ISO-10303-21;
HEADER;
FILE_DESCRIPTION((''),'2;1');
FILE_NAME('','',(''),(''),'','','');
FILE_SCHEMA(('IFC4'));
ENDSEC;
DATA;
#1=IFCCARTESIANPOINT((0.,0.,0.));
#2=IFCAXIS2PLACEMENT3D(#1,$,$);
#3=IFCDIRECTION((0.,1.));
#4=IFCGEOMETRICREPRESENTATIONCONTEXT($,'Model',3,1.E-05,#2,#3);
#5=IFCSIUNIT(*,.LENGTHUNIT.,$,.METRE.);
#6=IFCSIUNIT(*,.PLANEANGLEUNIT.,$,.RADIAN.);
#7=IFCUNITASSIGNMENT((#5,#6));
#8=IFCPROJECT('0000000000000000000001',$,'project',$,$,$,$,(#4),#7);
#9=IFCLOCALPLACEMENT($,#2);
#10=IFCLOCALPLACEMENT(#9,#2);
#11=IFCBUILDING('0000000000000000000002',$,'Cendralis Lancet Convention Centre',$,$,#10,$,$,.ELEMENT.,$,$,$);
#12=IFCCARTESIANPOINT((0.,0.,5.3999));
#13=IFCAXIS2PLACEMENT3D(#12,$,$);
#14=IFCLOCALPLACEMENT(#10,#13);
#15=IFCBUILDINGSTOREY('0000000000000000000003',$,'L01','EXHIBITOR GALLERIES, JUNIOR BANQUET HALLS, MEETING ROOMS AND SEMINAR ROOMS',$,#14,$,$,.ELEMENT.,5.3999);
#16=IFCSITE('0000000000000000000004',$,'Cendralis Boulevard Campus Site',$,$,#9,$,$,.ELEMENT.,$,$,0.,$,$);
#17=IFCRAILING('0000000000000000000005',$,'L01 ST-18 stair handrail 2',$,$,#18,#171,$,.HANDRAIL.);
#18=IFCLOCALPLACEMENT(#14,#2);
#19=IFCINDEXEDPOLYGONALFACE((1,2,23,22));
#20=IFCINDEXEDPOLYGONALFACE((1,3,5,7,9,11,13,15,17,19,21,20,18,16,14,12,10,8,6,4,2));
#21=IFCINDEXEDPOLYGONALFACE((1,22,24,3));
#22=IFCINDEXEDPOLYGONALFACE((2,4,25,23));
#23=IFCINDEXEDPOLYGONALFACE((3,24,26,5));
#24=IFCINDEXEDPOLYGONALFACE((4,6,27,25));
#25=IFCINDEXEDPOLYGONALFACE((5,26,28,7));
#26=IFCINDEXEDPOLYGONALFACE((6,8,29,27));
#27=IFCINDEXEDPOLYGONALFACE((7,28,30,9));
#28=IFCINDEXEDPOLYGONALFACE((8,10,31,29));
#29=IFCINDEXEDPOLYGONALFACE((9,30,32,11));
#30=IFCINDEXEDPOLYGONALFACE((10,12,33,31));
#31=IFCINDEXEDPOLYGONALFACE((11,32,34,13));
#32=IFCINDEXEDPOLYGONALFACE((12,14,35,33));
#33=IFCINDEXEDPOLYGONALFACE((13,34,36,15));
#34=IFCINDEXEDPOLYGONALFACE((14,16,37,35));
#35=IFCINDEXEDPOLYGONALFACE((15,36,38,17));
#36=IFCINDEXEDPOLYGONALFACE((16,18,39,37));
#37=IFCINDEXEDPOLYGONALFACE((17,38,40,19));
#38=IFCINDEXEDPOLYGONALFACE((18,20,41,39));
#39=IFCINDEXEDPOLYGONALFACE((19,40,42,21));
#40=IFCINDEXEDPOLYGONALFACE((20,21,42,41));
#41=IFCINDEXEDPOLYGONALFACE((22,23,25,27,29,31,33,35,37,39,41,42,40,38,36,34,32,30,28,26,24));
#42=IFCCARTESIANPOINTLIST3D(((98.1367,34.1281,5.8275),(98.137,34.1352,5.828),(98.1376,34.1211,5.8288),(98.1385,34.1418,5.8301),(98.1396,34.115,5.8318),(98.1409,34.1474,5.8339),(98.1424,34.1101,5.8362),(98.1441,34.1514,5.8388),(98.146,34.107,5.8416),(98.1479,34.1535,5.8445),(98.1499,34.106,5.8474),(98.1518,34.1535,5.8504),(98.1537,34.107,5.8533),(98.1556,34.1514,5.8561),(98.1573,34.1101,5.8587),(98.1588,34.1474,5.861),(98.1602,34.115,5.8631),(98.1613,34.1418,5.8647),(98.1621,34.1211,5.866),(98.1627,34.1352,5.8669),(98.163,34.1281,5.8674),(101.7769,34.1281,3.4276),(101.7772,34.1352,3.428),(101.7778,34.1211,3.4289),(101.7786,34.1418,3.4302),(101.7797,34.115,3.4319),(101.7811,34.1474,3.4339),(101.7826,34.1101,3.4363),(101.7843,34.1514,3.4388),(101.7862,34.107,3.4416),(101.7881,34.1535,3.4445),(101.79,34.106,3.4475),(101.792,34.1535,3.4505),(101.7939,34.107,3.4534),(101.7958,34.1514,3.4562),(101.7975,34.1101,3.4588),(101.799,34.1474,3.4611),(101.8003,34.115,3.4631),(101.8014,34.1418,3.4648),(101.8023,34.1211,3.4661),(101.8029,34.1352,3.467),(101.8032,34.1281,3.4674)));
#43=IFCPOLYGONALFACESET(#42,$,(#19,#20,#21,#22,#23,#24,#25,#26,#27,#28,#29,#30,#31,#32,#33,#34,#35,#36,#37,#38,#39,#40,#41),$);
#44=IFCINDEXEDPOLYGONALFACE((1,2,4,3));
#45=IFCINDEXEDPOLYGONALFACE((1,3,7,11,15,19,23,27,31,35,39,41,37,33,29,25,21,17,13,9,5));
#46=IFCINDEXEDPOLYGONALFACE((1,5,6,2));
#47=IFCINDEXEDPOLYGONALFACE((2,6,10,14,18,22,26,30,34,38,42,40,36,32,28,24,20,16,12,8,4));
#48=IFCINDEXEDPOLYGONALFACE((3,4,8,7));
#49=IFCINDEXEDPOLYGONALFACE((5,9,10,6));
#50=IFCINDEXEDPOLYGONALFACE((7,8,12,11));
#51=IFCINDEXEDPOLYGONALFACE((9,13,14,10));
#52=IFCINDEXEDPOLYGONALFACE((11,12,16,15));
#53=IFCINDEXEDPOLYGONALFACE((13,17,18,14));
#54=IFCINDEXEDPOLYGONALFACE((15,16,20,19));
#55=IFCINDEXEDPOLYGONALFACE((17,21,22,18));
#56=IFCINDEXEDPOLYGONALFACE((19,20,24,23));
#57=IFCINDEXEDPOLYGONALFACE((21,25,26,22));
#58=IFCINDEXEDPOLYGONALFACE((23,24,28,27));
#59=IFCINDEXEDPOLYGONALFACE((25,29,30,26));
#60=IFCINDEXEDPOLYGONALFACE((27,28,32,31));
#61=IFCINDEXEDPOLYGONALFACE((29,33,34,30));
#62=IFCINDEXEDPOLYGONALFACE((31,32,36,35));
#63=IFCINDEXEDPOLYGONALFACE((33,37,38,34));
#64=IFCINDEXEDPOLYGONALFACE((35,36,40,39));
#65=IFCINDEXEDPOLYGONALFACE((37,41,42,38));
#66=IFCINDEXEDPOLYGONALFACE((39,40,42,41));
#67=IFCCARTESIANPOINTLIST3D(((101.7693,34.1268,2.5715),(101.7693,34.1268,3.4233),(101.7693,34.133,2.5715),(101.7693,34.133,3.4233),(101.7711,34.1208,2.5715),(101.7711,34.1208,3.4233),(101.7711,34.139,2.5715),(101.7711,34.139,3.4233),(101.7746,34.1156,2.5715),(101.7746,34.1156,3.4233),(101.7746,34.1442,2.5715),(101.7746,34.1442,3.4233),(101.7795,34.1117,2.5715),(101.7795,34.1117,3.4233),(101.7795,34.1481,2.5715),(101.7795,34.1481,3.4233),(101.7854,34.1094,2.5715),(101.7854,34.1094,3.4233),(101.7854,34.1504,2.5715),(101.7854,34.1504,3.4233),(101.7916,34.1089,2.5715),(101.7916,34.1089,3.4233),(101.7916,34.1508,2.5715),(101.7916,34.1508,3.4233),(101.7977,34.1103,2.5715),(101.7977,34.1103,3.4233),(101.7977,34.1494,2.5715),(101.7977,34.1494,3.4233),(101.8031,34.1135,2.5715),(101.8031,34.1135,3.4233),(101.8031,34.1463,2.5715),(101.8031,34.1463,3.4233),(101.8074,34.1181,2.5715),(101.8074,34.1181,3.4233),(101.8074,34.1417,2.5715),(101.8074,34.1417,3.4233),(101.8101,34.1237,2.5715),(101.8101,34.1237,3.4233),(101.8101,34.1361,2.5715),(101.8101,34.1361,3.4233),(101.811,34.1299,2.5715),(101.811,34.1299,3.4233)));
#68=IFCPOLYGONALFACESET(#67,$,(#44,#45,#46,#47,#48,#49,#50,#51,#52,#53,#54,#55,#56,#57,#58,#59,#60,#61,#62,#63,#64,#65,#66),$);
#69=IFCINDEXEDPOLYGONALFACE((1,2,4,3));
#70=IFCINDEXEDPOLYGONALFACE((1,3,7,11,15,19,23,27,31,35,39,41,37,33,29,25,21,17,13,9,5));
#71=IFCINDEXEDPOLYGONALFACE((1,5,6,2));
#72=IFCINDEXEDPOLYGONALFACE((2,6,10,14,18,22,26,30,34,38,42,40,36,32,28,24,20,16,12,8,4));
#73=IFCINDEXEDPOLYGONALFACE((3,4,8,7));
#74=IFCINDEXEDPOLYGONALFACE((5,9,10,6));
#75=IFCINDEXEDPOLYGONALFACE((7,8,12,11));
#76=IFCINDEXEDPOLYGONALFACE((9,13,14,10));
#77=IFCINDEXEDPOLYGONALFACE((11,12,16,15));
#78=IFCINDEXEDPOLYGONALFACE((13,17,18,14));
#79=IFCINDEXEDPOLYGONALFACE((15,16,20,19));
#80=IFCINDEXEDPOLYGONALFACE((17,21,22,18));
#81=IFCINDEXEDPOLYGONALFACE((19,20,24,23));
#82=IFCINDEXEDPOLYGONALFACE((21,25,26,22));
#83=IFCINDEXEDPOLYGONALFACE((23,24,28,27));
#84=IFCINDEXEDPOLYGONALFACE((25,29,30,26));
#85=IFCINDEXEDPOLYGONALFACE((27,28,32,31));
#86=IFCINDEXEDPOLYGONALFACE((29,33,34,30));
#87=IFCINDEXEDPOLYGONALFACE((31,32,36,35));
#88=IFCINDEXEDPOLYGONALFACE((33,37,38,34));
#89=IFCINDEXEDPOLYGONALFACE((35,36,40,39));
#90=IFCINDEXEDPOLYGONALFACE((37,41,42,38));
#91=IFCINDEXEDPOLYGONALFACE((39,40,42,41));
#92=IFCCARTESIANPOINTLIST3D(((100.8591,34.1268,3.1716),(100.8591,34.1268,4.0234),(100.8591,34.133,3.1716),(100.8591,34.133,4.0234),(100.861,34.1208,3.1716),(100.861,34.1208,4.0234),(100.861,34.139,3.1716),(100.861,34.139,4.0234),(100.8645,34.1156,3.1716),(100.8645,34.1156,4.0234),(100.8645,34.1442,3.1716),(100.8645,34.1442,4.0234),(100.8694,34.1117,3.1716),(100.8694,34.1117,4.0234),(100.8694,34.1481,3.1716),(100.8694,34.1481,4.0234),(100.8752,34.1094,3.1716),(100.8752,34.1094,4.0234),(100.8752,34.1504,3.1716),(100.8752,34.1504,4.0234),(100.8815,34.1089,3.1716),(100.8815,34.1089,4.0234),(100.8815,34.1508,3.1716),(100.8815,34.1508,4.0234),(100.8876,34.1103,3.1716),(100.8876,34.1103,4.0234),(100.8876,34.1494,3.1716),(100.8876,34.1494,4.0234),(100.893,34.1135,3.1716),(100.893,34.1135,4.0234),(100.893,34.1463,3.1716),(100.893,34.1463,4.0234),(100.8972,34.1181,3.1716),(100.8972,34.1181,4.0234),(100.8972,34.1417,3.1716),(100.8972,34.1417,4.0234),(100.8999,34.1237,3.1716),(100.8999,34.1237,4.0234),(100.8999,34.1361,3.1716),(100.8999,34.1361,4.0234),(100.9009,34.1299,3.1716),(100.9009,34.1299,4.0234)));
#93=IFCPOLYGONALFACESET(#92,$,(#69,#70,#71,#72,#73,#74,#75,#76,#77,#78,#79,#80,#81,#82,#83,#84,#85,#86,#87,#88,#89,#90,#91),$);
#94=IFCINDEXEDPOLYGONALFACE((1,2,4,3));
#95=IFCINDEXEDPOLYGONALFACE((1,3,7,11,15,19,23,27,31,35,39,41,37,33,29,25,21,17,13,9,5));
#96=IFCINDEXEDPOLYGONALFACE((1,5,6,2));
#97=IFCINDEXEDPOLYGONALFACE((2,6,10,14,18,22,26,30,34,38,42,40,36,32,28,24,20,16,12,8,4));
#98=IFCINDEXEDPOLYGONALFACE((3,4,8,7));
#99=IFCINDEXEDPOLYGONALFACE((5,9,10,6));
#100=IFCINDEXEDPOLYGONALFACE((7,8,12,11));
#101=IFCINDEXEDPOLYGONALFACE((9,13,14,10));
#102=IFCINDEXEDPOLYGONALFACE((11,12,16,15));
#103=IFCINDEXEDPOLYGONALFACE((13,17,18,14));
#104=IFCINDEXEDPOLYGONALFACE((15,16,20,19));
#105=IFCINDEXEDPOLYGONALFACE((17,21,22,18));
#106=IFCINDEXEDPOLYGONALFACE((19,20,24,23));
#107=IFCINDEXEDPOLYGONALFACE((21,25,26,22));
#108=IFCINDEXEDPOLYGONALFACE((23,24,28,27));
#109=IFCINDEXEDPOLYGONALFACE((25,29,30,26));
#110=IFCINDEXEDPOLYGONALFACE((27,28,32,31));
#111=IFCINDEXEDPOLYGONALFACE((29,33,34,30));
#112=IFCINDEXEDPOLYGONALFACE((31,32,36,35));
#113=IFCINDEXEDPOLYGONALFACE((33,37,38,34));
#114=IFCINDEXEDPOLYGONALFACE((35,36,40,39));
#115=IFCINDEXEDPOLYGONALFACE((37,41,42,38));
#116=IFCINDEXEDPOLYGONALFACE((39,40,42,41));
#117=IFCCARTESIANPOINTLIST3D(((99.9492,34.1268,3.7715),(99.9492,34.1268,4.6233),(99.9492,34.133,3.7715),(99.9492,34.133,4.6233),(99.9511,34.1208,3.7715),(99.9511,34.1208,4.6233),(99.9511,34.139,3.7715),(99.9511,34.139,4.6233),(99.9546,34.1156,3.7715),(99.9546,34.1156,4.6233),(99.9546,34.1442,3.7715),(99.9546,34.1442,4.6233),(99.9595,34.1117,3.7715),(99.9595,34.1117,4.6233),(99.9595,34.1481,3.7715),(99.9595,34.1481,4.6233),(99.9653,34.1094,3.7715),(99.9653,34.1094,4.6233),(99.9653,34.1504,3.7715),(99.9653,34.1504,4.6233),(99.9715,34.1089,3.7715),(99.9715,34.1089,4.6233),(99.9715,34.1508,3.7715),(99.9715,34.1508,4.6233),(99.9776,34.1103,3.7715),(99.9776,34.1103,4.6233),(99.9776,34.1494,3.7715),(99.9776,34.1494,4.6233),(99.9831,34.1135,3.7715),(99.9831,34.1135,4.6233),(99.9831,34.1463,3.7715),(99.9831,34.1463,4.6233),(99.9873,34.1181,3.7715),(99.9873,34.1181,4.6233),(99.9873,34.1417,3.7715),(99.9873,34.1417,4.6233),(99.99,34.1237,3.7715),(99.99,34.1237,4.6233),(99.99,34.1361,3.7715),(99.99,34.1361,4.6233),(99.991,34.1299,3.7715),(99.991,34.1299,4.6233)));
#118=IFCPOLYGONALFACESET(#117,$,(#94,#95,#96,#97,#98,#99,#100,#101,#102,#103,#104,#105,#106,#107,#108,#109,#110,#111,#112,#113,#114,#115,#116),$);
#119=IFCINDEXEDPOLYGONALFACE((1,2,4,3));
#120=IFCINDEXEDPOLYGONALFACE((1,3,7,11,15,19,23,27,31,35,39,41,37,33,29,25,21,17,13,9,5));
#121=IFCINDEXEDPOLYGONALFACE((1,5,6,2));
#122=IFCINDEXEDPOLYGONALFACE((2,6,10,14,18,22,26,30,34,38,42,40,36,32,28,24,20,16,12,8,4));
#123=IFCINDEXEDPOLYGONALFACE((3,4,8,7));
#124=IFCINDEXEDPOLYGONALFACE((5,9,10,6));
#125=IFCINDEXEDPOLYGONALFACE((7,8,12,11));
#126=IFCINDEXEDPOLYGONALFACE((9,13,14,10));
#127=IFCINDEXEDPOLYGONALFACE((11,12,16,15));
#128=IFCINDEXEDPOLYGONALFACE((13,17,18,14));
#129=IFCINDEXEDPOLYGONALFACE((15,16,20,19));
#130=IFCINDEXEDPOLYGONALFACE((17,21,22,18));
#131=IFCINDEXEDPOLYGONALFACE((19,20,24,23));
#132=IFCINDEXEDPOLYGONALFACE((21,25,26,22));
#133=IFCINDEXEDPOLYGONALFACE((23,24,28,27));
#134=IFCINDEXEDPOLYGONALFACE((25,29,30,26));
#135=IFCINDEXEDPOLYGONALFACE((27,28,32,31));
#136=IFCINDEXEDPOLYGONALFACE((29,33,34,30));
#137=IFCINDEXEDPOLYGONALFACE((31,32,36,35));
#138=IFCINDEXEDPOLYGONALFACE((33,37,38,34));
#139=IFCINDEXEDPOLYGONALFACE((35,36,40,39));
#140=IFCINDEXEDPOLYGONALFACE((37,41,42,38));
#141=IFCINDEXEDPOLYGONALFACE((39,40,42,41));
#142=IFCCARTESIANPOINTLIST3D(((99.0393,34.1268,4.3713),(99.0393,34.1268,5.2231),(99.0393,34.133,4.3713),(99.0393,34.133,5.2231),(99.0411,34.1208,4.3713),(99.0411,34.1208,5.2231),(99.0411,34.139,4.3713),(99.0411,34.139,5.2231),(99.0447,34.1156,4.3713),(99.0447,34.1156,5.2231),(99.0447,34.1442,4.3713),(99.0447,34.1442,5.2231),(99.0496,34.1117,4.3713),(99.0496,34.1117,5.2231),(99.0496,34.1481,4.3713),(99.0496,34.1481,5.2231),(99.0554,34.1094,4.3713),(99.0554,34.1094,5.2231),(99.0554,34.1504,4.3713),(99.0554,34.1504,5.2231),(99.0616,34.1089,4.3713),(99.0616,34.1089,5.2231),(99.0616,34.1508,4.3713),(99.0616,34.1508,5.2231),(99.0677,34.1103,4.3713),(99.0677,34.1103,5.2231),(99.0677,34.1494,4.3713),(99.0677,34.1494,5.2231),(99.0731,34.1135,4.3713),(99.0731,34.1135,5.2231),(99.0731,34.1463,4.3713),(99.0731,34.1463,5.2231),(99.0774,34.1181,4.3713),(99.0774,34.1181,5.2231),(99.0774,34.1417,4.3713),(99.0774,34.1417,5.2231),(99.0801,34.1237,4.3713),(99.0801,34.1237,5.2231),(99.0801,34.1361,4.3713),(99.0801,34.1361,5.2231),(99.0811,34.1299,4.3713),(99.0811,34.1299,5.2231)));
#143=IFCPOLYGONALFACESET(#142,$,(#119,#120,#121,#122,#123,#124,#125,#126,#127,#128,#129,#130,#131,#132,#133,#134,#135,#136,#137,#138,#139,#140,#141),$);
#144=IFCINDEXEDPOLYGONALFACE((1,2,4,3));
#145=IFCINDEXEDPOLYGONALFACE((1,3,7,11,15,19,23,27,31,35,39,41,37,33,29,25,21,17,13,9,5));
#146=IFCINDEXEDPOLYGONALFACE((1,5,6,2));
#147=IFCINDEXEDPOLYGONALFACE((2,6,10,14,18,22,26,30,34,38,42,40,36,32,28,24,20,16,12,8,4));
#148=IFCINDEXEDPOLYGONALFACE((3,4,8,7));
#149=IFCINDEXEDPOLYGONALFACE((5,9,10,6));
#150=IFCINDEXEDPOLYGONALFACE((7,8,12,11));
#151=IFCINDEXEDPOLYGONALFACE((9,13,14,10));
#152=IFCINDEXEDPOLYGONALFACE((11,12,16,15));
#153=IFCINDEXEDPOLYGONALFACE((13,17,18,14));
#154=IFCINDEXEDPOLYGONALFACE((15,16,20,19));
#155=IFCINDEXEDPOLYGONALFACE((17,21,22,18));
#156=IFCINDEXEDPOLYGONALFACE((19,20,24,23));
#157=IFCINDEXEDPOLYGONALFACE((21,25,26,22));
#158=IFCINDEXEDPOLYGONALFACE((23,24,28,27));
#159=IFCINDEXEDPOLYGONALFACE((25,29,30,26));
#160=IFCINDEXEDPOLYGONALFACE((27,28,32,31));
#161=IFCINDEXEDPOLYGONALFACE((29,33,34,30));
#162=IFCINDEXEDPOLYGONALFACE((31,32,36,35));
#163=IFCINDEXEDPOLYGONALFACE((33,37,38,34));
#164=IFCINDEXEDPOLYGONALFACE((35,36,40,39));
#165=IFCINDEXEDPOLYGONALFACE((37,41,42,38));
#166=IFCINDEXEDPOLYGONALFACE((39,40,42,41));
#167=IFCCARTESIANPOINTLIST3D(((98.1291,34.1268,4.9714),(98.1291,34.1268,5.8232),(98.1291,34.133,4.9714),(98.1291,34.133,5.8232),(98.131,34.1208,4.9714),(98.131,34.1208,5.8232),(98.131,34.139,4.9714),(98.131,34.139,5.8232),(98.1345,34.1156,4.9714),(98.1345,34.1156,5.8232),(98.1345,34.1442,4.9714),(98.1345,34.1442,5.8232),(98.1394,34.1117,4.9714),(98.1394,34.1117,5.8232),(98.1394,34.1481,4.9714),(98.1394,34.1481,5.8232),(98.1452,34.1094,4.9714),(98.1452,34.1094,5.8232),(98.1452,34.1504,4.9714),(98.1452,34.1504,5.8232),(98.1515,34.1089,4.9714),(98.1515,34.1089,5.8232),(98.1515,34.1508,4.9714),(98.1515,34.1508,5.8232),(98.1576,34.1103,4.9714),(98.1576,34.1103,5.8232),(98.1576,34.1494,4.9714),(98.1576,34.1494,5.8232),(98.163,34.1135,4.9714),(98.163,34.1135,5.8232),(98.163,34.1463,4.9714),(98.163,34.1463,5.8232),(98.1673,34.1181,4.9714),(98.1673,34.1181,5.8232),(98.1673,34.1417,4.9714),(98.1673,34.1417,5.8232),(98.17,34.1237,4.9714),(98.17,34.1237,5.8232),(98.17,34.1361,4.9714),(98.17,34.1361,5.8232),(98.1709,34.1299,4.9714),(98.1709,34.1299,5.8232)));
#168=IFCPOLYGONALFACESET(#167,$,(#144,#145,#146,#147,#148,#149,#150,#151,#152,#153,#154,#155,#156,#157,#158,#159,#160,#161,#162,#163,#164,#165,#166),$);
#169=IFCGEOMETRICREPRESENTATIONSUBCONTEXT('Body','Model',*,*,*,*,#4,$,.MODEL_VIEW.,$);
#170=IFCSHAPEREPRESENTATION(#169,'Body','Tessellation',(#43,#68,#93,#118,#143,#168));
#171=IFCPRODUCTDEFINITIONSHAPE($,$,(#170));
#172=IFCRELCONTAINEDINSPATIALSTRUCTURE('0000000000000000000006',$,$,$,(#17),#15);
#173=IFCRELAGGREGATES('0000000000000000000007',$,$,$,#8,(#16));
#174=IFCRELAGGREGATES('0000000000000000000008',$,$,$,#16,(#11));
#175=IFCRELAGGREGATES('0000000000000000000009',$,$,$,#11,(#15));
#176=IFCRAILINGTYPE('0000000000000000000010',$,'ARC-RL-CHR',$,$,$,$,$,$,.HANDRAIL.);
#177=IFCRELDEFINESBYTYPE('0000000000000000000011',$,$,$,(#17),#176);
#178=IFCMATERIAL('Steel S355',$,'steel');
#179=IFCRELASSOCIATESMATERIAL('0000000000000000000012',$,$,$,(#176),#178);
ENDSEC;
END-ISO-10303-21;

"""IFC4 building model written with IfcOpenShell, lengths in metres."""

from ifc_helpers import new_model, si_unit, direction, frame, origin, origin_2d, place, context, subcontext, project, spatial, circle, extrude, material, type_object, element, save


model = new_model("IFC4")

# Units and contexts
model_context = context("Model", 3, precision=1e-05, world=origin(), true_north=direction((0.0, 1.0)))
body_context = subcontext(model_context, "Body", "Model", "MODEL_VIEW")
ifc_project = project(units=[si_unit("LENGTHUNIT", "METRE"), si_unit("PLANEANGLEUNIT", "RADIAN")], contexts=[model_context])

# Site, building, storey
site_placement = place(None, origin())
site = spatial("IfcSite", under=ifc_project, at=site_placement, Name="Cendralis Boulevard Campus Site", CompositionType="ELEMENT", RefElevation=0.0)
building_placement = place(site_placement, origin())
building = spatial("IfcBuilding", under=site, at=building_placement, Name="Cendralis Lancet Convention Centre", CompositionType="ELEMENT")
storey_placement = place(building_placement, frame((0.0, 0.0, 5.3999)))
storey = spatial("IfcBuildingStorey", under=building, at=storey_placement, Name="L01", Description="EXHIBITOR GALLERIES, JUNIOR BANQUET HALLS, MEETING ROOMS AND SEMINAR ROOMS", CompositionType="ELEMENT", Elevation=5.3999)

# Shared definitions
ifc_material_1 = material(Name="Steel S355", Category="steel")

# Railing
railing_type_1 = type_object("IfcRailingType", Name="ARC-RL-CHR", PredefinedType="HANDRAIL", material=ifc_material_1)
railing_1_placement = place(storey_placement, frame((101.79, 34.1299, 2.5715)))
element("IfcRailing", 1, at=railing_1_placement, inside=storey, type_object=railing_type_1, Name="L01 ST-18 stair handrail 2", PredefinedType="HANDRAIL", context=body_context, shape_type="SweptSolid", body=[
    extrude(circle(Radius=0.0239, at=origin_2d()), frame((0.0, 0.0, 0.876), z_axis=(-0.834882, 0.0, 0.550429), x_axis=(0.0, -1.0, 0.0)), (0.0, 0.0, 1.0), 4.3601),
    extrude(circle(Radius=0.021, at=origin_2d()), origin(), (0.0, 0.0, 1.0), 0.8518),
    extrude(circle(Radius=0.021, at=origin_2d()), frame((-0.9102, 0.0, 0.6001)), (0.0, 0.0, 1.0), 0.8518),
    extrude(circle(Radius=0.021, at=origin_2d()), frame((-1.8201, 0.0, 1.2)), (0.0, 0.0, 1.0), 0.8518),
    extrude(circle(Radius=0.021, at=origin_2d()), frame((-2.73, 0.0, 1.7998)), (0.0, 0.0, 1.0), 0.8518),
    extrude(circle(Radius=0.021, at=origin_2d()), frame((-3.6401, 0.0, 2.3999)), (0.0, 0.0, 1.0), 0.8518),
])

save(model, "model.ifc")
